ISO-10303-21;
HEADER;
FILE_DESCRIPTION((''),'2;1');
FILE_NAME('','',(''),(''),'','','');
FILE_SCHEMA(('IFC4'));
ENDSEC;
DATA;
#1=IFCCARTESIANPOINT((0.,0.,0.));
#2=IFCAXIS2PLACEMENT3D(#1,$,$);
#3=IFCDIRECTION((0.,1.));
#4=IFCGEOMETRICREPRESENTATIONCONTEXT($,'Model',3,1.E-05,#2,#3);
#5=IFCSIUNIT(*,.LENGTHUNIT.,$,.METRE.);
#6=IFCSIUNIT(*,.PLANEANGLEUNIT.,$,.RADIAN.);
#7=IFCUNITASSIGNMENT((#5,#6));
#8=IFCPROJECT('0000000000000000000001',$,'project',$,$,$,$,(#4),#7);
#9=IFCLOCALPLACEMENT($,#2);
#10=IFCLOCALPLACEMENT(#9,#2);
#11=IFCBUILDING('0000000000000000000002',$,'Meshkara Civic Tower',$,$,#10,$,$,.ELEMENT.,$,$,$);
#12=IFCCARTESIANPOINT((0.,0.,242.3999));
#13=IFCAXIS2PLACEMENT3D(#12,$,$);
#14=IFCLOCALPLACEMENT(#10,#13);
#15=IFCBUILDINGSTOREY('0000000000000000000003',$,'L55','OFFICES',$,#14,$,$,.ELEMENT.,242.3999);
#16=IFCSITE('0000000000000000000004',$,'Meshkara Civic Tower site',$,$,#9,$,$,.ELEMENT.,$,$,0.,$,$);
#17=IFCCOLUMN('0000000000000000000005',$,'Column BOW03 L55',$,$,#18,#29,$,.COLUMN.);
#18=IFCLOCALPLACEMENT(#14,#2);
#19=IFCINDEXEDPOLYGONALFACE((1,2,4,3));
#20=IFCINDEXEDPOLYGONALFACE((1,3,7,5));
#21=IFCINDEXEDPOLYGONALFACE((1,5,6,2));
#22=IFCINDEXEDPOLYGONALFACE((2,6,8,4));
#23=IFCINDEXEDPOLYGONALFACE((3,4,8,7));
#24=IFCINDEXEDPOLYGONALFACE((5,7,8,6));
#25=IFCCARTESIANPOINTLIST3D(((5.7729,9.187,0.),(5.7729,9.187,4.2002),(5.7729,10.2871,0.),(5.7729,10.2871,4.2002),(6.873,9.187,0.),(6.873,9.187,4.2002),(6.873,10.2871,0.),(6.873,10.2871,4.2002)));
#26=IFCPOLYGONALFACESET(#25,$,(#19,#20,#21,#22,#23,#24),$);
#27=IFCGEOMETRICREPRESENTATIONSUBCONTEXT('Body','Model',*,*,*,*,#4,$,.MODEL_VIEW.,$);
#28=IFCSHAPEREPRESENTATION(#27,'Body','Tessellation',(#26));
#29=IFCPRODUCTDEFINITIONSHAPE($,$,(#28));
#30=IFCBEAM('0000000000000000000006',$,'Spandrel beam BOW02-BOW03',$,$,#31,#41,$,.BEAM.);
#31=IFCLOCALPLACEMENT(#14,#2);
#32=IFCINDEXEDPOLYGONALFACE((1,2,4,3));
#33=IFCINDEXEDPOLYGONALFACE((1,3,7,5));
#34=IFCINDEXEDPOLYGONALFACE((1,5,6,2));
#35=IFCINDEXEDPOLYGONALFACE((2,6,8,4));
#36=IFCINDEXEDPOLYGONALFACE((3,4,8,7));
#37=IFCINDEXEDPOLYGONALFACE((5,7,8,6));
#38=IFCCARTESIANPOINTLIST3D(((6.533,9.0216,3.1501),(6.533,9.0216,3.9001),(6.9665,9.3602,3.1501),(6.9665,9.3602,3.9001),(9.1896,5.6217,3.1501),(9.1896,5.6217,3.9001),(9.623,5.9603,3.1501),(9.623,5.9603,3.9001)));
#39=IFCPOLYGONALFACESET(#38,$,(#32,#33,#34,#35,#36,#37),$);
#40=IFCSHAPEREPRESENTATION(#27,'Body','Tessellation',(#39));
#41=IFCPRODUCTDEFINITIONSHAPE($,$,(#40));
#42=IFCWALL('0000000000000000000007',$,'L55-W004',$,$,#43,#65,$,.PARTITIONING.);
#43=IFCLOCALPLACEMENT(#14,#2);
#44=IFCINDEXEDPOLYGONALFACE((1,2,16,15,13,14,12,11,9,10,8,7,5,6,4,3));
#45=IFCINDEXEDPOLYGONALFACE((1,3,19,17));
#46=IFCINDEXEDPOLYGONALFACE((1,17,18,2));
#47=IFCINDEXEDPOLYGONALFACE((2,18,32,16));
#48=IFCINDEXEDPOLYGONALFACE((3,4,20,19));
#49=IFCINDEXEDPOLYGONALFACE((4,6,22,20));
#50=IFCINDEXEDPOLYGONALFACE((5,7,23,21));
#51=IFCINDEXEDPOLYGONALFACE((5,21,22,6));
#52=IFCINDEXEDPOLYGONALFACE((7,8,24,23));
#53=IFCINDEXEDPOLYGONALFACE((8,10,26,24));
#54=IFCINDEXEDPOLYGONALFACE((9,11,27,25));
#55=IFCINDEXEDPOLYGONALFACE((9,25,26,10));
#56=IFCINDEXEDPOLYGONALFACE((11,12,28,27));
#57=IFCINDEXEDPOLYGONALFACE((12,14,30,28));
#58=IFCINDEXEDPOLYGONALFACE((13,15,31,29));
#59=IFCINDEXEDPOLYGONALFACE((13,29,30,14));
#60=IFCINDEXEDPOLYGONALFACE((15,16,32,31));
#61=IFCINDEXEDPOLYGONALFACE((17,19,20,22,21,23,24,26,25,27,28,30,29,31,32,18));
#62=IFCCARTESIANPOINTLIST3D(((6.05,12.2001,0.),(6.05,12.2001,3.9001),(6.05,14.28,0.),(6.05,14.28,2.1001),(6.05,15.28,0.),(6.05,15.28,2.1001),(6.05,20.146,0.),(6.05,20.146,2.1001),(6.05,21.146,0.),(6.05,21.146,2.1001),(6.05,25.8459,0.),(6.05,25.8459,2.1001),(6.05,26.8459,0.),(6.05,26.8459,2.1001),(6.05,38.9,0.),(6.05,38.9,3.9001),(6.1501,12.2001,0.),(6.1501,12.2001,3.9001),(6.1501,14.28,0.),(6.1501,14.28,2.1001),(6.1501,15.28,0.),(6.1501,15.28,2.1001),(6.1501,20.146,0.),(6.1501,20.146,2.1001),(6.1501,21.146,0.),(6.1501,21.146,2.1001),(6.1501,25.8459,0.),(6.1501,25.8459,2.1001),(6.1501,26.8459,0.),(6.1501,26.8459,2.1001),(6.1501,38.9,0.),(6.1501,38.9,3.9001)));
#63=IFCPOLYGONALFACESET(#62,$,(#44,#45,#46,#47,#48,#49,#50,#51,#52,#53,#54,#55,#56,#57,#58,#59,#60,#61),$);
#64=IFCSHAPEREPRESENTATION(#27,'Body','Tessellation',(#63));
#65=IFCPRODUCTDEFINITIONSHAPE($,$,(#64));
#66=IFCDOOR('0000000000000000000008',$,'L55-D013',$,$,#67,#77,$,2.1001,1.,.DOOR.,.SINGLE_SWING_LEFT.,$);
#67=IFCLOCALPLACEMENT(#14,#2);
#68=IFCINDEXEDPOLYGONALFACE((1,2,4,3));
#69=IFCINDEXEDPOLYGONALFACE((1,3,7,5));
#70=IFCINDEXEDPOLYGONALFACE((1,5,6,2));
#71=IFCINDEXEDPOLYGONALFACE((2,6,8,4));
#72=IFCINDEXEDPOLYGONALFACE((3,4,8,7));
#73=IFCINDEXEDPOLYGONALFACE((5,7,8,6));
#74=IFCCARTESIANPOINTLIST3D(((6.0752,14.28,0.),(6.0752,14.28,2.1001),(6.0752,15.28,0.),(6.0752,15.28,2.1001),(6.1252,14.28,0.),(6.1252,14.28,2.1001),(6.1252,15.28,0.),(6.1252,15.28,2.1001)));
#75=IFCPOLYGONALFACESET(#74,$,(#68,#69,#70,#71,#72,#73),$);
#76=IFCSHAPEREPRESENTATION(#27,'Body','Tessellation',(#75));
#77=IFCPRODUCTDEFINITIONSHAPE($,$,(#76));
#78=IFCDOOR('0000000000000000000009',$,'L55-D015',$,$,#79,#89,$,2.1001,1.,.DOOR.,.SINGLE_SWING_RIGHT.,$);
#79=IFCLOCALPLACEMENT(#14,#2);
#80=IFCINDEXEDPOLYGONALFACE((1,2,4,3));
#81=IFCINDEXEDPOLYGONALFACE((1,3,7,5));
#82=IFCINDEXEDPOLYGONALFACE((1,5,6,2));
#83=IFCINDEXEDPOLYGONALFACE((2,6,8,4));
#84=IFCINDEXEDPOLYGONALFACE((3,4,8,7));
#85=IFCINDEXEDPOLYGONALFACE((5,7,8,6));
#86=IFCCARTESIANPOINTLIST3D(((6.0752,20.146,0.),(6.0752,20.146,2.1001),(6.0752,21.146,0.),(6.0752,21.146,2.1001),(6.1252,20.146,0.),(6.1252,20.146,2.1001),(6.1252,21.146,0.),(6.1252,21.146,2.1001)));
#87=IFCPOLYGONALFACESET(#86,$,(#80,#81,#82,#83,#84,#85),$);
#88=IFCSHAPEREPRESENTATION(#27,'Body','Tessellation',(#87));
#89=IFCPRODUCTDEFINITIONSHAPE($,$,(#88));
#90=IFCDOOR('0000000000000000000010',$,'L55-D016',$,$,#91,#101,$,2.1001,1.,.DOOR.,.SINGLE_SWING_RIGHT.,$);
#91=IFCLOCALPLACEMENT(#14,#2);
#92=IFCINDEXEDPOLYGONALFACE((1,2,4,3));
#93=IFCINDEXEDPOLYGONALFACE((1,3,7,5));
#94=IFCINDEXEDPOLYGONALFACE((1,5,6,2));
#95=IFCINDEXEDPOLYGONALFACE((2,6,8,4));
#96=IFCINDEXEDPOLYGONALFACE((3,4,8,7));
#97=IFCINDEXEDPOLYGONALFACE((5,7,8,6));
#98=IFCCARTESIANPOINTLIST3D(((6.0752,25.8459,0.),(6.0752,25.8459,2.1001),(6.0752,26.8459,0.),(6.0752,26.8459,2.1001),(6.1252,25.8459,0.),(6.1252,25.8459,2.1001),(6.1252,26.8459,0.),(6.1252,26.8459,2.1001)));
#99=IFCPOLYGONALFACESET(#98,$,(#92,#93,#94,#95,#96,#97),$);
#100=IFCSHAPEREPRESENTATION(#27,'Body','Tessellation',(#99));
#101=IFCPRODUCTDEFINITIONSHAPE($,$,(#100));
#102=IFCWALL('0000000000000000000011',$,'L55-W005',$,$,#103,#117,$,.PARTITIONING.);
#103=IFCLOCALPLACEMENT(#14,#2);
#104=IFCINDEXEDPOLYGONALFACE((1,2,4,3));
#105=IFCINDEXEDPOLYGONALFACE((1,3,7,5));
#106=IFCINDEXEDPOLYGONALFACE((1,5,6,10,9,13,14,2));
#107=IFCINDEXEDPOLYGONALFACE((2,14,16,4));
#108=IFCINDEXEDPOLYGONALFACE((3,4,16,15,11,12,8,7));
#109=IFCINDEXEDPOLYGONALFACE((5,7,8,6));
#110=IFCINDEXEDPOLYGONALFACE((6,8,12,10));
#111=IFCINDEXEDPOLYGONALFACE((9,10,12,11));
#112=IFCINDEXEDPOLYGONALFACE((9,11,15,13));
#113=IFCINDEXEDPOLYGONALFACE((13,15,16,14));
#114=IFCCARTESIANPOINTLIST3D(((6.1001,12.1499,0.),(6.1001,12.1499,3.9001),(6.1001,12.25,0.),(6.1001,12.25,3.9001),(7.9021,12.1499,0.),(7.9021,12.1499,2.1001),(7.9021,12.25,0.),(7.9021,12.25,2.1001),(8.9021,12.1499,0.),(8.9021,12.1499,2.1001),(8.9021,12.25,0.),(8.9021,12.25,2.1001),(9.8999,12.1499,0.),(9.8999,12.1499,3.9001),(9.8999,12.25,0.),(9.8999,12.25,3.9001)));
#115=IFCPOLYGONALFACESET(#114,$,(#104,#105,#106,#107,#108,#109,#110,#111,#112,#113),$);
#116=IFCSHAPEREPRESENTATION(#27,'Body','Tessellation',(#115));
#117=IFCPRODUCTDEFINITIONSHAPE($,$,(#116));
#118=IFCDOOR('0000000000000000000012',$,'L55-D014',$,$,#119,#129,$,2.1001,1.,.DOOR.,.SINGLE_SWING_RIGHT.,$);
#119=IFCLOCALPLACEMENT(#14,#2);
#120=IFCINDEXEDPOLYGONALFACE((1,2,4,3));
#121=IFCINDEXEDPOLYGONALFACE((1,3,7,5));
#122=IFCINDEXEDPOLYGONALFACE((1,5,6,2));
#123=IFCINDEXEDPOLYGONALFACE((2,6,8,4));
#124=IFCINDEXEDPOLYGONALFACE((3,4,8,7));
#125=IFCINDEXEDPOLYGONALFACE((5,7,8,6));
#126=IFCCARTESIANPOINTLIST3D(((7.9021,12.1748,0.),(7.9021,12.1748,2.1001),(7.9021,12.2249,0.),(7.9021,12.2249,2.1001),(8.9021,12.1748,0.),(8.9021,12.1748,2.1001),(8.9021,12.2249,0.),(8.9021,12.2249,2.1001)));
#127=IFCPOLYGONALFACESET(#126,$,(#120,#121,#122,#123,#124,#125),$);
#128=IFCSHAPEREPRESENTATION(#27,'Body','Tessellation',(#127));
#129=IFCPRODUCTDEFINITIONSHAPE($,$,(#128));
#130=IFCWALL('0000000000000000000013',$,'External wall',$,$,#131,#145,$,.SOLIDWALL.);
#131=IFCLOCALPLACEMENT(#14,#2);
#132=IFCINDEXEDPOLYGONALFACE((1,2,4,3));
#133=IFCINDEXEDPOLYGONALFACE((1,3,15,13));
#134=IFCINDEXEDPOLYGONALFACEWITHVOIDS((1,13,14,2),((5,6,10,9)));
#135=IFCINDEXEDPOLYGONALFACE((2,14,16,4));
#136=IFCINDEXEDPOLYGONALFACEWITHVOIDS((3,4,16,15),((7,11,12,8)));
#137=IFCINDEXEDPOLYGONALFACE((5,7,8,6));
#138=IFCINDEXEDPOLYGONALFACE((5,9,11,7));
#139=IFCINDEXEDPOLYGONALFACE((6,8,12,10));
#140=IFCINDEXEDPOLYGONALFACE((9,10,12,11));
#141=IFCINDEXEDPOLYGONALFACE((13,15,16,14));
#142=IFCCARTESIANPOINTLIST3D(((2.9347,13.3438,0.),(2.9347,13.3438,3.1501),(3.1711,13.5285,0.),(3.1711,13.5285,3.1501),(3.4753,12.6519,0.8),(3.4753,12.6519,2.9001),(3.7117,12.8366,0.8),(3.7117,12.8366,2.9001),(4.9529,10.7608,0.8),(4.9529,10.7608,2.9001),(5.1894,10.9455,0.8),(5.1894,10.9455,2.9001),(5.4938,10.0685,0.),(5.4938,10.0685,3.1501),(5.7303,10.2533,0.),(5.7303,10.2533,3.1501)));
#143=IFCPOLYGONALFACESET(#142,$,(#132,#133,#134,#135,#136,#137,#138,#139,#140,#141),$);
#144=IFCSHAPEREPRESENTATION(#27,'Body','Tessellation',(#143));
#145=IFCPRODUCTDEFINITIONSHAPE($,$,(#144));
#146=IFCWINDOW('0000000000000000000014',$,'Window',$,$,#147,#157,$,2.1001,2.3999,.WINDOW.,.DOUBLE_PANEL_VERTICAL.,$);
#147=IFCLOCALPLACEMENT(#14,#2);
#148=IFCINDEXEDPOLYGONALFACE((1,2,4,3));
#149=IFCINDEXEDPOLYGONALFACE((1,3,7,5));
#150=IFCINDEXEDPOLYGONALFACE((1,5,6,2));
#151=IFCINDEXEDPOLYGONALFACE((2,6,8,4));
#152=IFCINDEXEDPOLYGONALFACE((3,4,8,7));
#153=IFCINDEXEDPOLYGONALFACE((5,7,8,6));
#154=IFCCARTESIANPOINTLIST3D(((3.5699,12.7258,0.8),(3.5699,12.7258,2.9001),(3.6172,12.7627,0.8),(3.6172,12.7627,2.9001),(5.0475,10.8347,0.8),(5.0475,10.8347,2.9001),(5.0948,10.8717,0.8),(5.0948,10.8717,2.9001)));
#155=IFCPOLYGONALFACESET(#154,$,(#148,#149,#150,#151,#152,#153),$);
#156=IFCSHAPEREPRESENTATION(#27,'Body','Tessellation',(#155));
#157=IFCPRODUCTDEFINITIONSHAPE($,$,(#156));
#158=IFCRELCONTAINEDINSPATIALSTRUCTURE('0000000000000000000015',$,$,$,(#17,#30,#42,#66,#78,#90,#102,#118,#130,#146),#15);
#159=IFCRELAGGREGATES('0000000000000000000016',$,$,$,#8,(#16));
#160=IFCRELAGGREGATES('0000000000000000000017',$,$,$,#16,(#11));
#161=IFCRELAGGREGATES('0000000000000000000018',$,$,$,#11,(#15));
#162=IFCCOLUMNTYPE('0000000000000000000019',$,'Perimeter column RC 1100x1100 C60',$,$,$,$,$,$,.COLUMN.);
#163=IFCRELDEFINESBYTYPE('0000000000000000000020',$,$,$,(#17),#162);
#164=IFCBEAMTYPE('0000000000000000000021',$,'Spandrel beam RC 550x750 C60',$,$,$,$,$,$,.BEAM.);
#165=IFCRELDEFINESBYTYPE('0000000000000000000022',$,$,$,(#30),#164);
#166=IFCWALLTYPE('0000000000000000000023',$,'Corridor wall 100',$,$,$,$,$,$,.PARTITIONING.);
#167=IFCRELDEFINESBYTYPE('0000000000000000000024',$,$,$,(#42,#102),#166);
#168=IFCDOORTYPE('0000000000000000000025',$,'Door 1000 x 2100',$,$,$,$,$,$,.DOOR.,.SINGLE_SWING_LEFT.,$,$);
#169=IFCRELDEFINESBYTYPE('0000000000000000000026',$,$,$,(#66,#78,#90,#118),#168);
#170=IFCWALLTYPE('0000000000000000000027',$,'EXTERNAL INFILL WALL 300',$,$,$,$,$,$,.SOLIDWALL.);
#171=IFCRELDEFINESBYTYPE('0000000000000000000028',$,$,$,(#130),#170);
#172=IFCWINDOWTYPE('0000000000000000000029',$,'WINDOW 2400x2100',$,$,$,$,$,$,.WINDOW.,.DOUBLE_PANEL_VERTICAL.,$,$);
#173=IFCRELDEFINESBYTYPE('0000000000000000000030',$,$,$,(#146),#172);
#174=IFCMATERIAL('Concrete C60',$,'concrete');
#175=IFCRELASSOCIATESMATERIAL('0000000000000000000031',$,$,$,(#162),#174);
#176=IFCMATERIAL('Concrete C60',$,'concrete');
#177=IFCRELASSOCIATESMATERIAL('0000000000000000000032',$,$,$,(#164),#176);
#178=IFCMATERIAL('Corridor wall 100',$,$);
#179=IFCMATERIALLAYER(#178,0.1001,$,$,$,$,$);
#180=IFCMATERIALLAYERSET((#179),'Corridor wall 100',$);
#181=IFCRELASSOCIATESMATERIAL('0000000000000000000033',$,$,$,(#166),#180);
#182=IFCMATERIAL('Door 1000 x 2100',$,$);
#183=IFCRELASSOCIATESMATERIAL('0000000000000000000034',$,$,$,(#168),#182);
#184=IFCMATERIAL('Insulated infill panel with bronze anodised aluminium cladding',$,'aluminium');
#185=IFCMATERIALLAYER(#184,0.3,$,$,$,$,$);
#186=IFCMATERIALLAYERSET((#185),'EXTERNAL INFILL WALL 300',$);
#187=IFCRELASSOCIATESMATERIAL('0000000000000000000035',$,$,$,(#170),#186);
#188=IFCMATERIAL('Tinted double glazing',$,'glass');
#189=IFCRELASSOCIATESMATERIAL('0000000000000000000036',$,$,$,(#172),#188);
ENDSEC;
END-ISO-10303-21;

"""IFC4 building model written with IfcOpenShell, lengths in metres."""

from ifc_helpers import new_model, si_unit, direction, frame, frame_2d, origin, origin_2d, place, context, subcontext, project, spatial, rectangle, extrude, material, layer, layer_set, material_profile, profile_set, type_object, element, fill, save


model = new_model("IFC4")

# Units and contexts
model_context = context("Model", 3, precision=1e-05, world=origin(), true_north=direction((0.0, 1.0)))
body_context = subcontext(model_context, "Body", "Model", "MODEL_VIEW")
ifc_project = project(units=[si_unit("LENGTHUNIT", "METRE"), si_unit("PLANEANGLEUNIT", "RADIAN")], contexts=[model_context])

# Site, building, storey
site_placement = place(None, origin())
site = spatial("IfcSite", under=ifc_project, at=site_placement, Name="Meshkara Civic Tower site", CompositionType="ELEMENT", RefElevation=0.0)
building_placement = place(site_placement, origin())
building = spatial("IfcBuilding", under=site, at=building_placement, Name="Meshkara Civic Tower", CompositionType="ELEMENT")
storey_placement = place(building_placement, frame((0.0, 0.0, 242.3999)))
storey = spatial("IfcBuildingStorey", under=building, at=storey_placement, Name="L55", Description="OFFICES", CompositionType="ELEMENT", Elevation=242.3999)

# Column
ifc_material_1 = material(Name="Concrete C60", Category="concrete")
ifc_material_profile_1 = material_profile(ifc_material_1, rectangle(XDim=1.1001, YDim=1.1001, at=origin_2d()))
ifc_profile_set_1 = profile_set([ifc_material_profile_1], Name="Concrete C60")
column_type = type_object("IfcColumnType", Name="Perimeter column RC 1100x1100 C60", PredefinedType="COLUMN", material=ifc_profile_set_1)
column_placement = place(storey_placement, frame((6.323, 9.7371, 0.0), z_axis=(0.0, 0.0, 1.0), x_axis=(1.0, 0.0, 0.0)))
element("IfcColumn", 1, at=column_placement, inside=storey, type_object=column_type, Name="Column BOW03 L55", PredefinedType="COLUMN", context=body_context, shape_type="SweptSolid", body=[
    extrude(rectangle(XDim=1.1001, YDim=1.1001, at=origin_2d()), origin(), (0.0, 0.0, 1.0), 4.2002),
])

# Beam
ifc_material_2 = material(Name="Concrete C60", Category="concrete")
ifc_material_profile_2 = material_profile(ifc_material_2, rectangle(XDim=0.55, YDim=0.75, at=origin_2d()))
ifc_profile_set_2 = profile_set([ifc_material_profile_2], Name="Concrete C60")
beam_type = type_object("IfcBeamType", Name="Spandrel beam RC 550x750 C60", PredefinedType="BEAM", material=ifc_profile_set_2)
beam_placement = place(storey_placement, frame((6.7498, 9.1909, 3.5251), z_axis=(0.61569, -0.787988, 0.0), x_axis=(0.787988, 0.61569, 0.0)))
element("IfcBeam", 2, at=beam_placement, inside=storey, type_object=beam_type, Name="Spandrel beam BOW02-BOW03", PredefinedType="BEAM", context=body_context, shape_type="SweptSolid", body=[
    extrude(rectangle(XDim=0.55, YDim=0.75, at=origin_2d()), origin(), (0.0, 0.0, 1.0), 4.3147),
])

# Wall, openings, doors
ifc_material_3 = material(Name="Corridor wall 100")
ifc_layer_1 = layer(ifc_material_3, 0.1001)
ifc_layer_set_1 = layer_set([ifc_layer_1], Name="Corridor wall 100")
wall_type_1 = type_object("IfcWallType", Name="Corridor wall 100", PredefinedType="PARTITIONING", material=ifc_layer_set_1)
wall_1_placement = place(storey_placement, frame((6.1001, 12.2, 0.0), z_axis=(0.0, 0.0, 1.0), x_axis=(0.0, 1.0, 0.0)))
wall_1 = element("IfcWall", 3, at=wall_1_placement, inside=storey, type_object=wall_type_1, Name="L55-W004", PredefinedType="PARTITIONING", context=body_context, shape_type="SweptSolid", body=[
    extrude(rectangle(XDim=26.7, YDim=0.1001, at=frame_2d((13.3501, 0.0))), origin(), (0.0, 0.0, 1.0), 3.9001),
])
opening_1_placement = place(wall_1_placement, frame((2.0801, 0.0, 0.0)))
opening_1 = element("IfcOpeningElement", 4, at=opening_1_placement, cuts=wall_1, PredefinedType="OPENING", context=body_context, shape_type="SweptSolid", body=[
    extrude(rectangle(XDim=1.0, YDim=2.1001, at=frame_2d((0.5, 1.05))), frame((0.0, 0.0601, 0.0), z_axis=(0.0, -1.0, 0.0), x_axis=(1.0, 0.0, 0.0)), (0.0, 0.0, 1.0), 0.1201),
])
opening_2_placement = place(wall_1_placement, frame((7.946, 0.0, 0.0)))
opening_2 = element("IfcOpeningElement", 5, at=opening_2_placement, cuts=wall_1, PredefinedType="OPENING", context=body_context, shape_type="SweptSolid", body=[
    extrude(rectangle(XDim=1.0, YDim=2.1001, at=frame_2d((0.5, 1.05))), frame((0.0, 0.0601, 0.0), z_axis=(0.0, -1.0, 0.0), x_axis=(1.0, 0.0, 0.0)), (0.0, 0.0, 1.0), 0.1201),
])
opening_3_placement = place(wall_1_placement, frame((13.646, 0.0, 0.0)))
opening_3 = element("IfcOpeningElement", 6, at=opening_3_placement, cuts=wall_1, PredefinedType="OPENING", context=body_context, shape_type="SweptSolid", body=[
    extrude(rectangle(XDim=1.0, YDim=2.1001, at=frame_2d((0.5, 1.05))), frame((0.0, 0.0601, 0.0), z_axis=(0.0, -1.0, 0.0), x_axis=(1.0, 0.0, 0.0)), (0.0, 0.0, 1.0), 0.1201),
])
ifc_material_4 = material(Name="Door 1000 x 2100")
door_type = type_object("IfcDoorType", Name="Door 1000 x 2100", OperationType="SINGLE_SWING_LEFT", PredefinedType="DOOR", material=ifc_material_4)
door_1_placement = place(opening_1_placement, origin())
door_1 = element("IfcDoor", 7, at=door_1_placement, inside=storey, type_object=door_type, Name="L55-D013", OperationType="SINGLE_SWING_LEFT", OverallHeight=2.1001, OverallWidth=1.0, PredefinedType="DOOR", context=body_context, shape_type="SweptSolid", body=[
    extrude(rectangle(XDim=1.0, YDim=2.1001, at=frame_2d((0.5, 1.05))), frame((0.0, 0.0249, 0.0), z_axis=(0.0, -1.0, 0.0), x_axis=(1.0, 0.0, 0.0)), (0.0, 0.0, 1.0), 0.05),
])
fill(opening_1, door_1)
door_2_placement = place(opening_2_placement, origin())
door_2 = element("IfcDoor", 8, at=door_2_placement, inside=storey, type_object=door_type, Name="L55-D015", OperationType="SINGLE_SWING_RIGHT", OverallHeight=2.1001, OverallWidth=1.0, PredefinedType="DOOR", context=body_context, shape_type="SweptSolid", body=[
    extrude(rectangle(XDim=1.0, YDim=2.1001, at=frame_2d((0.5, 1.05))), frame((0.0, 0.0249, 0.0), z_axis=(0.0, -1.0, 0.0), x_axis=(1.0, 0.0, 0.0)), (0.0, 0.0, 1.0), 0.05),
])
fill(opening_2, door_2)
door_3_placement = place(opening_3_placement, origin())
door_3 = element("IfcDoor", 9, at=door_3_placement, inside=storey, type_object=door_type, Name="L55-D016", OperationType="SINGLE_SWING_RIGHT", OverallHeight=2.1001, OverallWidth=1.0, PredefinedType="DOOR", context=body_context, shape_type="SweptSolid", body=[
    extrude(rectangle(XDim=1.0, YDim=2.1001, at=frame_2d((0.5, 1.05))), frame((0.0, 0.0249, 0.0), z_axis=(0.0, -1.0, 0.0), x_axis=(1.0, 0.0, 0.0)), (0.0, 0.0, 1.0), 0.05),
])
fill(opening_3, door_3)

# Wall, opening, door
wall_2_placement = place(storey_placement, frame((6.1001, 12.2, 0.0), z_axis=(0.0, 0.0, 1.0), x_axis=(1.0, 0.0, 0.0)))
wall_2 = element("IfcWall", 10, at=wall_2_placement, inside=storey, type_object=wall_type_1, Name="L55-W005", PredefinedType="PARTITIONING", context=body_context, shape_type="SweptSolid", body=[
    extrude(rectangle(XDim=3.7998, YDim=0.1001, at=frame_2d((1.8999, 0.0))), origin(), (0.0, 0.0, 1.0), 3.9001),
])
opening_4_placement = place(wall_2_placement, frame((1.802, 0.0, 0.0)))
opening_4 = element("IfcOpeningElement", 11, at=opening_4_placement, cuts=wall_2, PredefinedType="OPENING", context=body_context, shape_type="SweptSolid", body=[
    extrude(rectangle(XDim=1.0, YDim=2.1001, at=frame_2d((0.5, 1.05))), frame((0.0, 0.0601, 0.0), z_axis=(0.0, -1.0, 0.0), x_axis=(1.0, 0.0, 0.0)), (0.0, 0.0, 1.0), 0.1201),
])
door_4_placement = place(opening_4_placement, origin())
door_4 = element("IfcDoor", 12, at=door_4_placement, inside=storey, type_object=door_type, Name="L55-D014", OperationType="SINGLE_SWING_RIGHT", OverallHeight=2.1001, OverallWidth=1.0, PredefinedType="DOOR", context=body_context, shape_type="SweptSolid", body=[
    extrude(rectangle(XDim=1.0, YDim=2.1001, at=frame_2d((0.5, 1.05))), frame((0.0, 0.0249, 0.0), z_axis=(0.0, -1.0, 0.0), x_axis=(1.0, 0.0, 0.0)), (0.0, 0.0, 1.0), 0.05),
])
fill(opening_4, door_4)

# Wall, opening, window
ifc_material_5 = material(Name="Insulated infill panel with bronze anodised aluminium cladding", Category="aluminium")
ifc_layer_2 = layer(ifc_material_5, 0.3)
ifc_layer_set_2 = layer_set([ifc_layer_2], Name="EXTERNAL INFILL WALL 300")
wall_type_2 = type_object("IfcWallType", Name="EXTERNAL INFILL WALL 300", PredefinedType="SOLIDWALL", material=ifc_layer_set_2)
wall_3_placement = place(storey_placement, frame((3.053, 13.436, 0.0), z_axis=(0.0, 0.0, 1.0), x_axis=(0.6157, -0.787981, 0.0)))
wall_3 = element("IfcWall", 13, at=wall_3_placement, inside=storey, type_object=wall_type_2, Name="External wall", PredefinedType="SOLIDWALL", context=body_context, shape_type="SweptSolid", body=[
    extrude(rectangle(XDim=4.1565, YDim=0.3, at=frame_2d((2.0781, 0.0))), origin(), (0.0, 0.0, 1.0), 3.1501),
])
opening_5_placement = place(wall_3_placement, frame((0.8779, 0.0, 0.8)))
opening_5 = element("IfcOpeningElement", 14, at=opening_5_placement, cuts=wall_3, PredefinedType="OPENING", context=body_context, shape_type="SweptSolid", body=[
    extrude(rectangle(XDim=2.3999, YDim=2.1001, at=frame_2d((1.2, 1.05))), frame((0.0, 0.1599, 0.0), z_axis=(0.0, -1.0, 0.0), x_axis=(1.0, 0.0, 0.0)), (0.0, 0.0, 1.0), 0.3201),
])
ifc_material_6 = material(Name="Tinted double glazing", Category="glass")
window_type = type_object("IfcWindowType", Name="WINDOW 2400x2100", PartitioningType="DOUBLE_PANEL_VERTICAL", PredefinedType="WINDOW", material=ifc_material_6)
window_1_placement = place(opening_5_placement, origin())
window_1 = element("IfcWindow", 15, at=window_1_placement, inside=storey, type_object=window_type, Name="Window", OverallHeight=2.1001, OverallWidth=2.3999, PartitioningType="DOUBLE_PANEL_VERTICAL", PredefinedType="WINDOW", context=body_context, shape_type="SweptSolid", body=[
    extrude(rectangle(XDim=2.3999, YDim=2.1001, at=frame_2d((1.2, 1.05))), frame((0.0, 0.03, 0.0), z_axis=(0.0, -1.0, 0.0), x_axis=(1.0, 0.0, 0.0)), (0.0, 0.0, 1.0), 0.0601),
])
fill(opening_5, window_1)

save(model, "model.ifc")
